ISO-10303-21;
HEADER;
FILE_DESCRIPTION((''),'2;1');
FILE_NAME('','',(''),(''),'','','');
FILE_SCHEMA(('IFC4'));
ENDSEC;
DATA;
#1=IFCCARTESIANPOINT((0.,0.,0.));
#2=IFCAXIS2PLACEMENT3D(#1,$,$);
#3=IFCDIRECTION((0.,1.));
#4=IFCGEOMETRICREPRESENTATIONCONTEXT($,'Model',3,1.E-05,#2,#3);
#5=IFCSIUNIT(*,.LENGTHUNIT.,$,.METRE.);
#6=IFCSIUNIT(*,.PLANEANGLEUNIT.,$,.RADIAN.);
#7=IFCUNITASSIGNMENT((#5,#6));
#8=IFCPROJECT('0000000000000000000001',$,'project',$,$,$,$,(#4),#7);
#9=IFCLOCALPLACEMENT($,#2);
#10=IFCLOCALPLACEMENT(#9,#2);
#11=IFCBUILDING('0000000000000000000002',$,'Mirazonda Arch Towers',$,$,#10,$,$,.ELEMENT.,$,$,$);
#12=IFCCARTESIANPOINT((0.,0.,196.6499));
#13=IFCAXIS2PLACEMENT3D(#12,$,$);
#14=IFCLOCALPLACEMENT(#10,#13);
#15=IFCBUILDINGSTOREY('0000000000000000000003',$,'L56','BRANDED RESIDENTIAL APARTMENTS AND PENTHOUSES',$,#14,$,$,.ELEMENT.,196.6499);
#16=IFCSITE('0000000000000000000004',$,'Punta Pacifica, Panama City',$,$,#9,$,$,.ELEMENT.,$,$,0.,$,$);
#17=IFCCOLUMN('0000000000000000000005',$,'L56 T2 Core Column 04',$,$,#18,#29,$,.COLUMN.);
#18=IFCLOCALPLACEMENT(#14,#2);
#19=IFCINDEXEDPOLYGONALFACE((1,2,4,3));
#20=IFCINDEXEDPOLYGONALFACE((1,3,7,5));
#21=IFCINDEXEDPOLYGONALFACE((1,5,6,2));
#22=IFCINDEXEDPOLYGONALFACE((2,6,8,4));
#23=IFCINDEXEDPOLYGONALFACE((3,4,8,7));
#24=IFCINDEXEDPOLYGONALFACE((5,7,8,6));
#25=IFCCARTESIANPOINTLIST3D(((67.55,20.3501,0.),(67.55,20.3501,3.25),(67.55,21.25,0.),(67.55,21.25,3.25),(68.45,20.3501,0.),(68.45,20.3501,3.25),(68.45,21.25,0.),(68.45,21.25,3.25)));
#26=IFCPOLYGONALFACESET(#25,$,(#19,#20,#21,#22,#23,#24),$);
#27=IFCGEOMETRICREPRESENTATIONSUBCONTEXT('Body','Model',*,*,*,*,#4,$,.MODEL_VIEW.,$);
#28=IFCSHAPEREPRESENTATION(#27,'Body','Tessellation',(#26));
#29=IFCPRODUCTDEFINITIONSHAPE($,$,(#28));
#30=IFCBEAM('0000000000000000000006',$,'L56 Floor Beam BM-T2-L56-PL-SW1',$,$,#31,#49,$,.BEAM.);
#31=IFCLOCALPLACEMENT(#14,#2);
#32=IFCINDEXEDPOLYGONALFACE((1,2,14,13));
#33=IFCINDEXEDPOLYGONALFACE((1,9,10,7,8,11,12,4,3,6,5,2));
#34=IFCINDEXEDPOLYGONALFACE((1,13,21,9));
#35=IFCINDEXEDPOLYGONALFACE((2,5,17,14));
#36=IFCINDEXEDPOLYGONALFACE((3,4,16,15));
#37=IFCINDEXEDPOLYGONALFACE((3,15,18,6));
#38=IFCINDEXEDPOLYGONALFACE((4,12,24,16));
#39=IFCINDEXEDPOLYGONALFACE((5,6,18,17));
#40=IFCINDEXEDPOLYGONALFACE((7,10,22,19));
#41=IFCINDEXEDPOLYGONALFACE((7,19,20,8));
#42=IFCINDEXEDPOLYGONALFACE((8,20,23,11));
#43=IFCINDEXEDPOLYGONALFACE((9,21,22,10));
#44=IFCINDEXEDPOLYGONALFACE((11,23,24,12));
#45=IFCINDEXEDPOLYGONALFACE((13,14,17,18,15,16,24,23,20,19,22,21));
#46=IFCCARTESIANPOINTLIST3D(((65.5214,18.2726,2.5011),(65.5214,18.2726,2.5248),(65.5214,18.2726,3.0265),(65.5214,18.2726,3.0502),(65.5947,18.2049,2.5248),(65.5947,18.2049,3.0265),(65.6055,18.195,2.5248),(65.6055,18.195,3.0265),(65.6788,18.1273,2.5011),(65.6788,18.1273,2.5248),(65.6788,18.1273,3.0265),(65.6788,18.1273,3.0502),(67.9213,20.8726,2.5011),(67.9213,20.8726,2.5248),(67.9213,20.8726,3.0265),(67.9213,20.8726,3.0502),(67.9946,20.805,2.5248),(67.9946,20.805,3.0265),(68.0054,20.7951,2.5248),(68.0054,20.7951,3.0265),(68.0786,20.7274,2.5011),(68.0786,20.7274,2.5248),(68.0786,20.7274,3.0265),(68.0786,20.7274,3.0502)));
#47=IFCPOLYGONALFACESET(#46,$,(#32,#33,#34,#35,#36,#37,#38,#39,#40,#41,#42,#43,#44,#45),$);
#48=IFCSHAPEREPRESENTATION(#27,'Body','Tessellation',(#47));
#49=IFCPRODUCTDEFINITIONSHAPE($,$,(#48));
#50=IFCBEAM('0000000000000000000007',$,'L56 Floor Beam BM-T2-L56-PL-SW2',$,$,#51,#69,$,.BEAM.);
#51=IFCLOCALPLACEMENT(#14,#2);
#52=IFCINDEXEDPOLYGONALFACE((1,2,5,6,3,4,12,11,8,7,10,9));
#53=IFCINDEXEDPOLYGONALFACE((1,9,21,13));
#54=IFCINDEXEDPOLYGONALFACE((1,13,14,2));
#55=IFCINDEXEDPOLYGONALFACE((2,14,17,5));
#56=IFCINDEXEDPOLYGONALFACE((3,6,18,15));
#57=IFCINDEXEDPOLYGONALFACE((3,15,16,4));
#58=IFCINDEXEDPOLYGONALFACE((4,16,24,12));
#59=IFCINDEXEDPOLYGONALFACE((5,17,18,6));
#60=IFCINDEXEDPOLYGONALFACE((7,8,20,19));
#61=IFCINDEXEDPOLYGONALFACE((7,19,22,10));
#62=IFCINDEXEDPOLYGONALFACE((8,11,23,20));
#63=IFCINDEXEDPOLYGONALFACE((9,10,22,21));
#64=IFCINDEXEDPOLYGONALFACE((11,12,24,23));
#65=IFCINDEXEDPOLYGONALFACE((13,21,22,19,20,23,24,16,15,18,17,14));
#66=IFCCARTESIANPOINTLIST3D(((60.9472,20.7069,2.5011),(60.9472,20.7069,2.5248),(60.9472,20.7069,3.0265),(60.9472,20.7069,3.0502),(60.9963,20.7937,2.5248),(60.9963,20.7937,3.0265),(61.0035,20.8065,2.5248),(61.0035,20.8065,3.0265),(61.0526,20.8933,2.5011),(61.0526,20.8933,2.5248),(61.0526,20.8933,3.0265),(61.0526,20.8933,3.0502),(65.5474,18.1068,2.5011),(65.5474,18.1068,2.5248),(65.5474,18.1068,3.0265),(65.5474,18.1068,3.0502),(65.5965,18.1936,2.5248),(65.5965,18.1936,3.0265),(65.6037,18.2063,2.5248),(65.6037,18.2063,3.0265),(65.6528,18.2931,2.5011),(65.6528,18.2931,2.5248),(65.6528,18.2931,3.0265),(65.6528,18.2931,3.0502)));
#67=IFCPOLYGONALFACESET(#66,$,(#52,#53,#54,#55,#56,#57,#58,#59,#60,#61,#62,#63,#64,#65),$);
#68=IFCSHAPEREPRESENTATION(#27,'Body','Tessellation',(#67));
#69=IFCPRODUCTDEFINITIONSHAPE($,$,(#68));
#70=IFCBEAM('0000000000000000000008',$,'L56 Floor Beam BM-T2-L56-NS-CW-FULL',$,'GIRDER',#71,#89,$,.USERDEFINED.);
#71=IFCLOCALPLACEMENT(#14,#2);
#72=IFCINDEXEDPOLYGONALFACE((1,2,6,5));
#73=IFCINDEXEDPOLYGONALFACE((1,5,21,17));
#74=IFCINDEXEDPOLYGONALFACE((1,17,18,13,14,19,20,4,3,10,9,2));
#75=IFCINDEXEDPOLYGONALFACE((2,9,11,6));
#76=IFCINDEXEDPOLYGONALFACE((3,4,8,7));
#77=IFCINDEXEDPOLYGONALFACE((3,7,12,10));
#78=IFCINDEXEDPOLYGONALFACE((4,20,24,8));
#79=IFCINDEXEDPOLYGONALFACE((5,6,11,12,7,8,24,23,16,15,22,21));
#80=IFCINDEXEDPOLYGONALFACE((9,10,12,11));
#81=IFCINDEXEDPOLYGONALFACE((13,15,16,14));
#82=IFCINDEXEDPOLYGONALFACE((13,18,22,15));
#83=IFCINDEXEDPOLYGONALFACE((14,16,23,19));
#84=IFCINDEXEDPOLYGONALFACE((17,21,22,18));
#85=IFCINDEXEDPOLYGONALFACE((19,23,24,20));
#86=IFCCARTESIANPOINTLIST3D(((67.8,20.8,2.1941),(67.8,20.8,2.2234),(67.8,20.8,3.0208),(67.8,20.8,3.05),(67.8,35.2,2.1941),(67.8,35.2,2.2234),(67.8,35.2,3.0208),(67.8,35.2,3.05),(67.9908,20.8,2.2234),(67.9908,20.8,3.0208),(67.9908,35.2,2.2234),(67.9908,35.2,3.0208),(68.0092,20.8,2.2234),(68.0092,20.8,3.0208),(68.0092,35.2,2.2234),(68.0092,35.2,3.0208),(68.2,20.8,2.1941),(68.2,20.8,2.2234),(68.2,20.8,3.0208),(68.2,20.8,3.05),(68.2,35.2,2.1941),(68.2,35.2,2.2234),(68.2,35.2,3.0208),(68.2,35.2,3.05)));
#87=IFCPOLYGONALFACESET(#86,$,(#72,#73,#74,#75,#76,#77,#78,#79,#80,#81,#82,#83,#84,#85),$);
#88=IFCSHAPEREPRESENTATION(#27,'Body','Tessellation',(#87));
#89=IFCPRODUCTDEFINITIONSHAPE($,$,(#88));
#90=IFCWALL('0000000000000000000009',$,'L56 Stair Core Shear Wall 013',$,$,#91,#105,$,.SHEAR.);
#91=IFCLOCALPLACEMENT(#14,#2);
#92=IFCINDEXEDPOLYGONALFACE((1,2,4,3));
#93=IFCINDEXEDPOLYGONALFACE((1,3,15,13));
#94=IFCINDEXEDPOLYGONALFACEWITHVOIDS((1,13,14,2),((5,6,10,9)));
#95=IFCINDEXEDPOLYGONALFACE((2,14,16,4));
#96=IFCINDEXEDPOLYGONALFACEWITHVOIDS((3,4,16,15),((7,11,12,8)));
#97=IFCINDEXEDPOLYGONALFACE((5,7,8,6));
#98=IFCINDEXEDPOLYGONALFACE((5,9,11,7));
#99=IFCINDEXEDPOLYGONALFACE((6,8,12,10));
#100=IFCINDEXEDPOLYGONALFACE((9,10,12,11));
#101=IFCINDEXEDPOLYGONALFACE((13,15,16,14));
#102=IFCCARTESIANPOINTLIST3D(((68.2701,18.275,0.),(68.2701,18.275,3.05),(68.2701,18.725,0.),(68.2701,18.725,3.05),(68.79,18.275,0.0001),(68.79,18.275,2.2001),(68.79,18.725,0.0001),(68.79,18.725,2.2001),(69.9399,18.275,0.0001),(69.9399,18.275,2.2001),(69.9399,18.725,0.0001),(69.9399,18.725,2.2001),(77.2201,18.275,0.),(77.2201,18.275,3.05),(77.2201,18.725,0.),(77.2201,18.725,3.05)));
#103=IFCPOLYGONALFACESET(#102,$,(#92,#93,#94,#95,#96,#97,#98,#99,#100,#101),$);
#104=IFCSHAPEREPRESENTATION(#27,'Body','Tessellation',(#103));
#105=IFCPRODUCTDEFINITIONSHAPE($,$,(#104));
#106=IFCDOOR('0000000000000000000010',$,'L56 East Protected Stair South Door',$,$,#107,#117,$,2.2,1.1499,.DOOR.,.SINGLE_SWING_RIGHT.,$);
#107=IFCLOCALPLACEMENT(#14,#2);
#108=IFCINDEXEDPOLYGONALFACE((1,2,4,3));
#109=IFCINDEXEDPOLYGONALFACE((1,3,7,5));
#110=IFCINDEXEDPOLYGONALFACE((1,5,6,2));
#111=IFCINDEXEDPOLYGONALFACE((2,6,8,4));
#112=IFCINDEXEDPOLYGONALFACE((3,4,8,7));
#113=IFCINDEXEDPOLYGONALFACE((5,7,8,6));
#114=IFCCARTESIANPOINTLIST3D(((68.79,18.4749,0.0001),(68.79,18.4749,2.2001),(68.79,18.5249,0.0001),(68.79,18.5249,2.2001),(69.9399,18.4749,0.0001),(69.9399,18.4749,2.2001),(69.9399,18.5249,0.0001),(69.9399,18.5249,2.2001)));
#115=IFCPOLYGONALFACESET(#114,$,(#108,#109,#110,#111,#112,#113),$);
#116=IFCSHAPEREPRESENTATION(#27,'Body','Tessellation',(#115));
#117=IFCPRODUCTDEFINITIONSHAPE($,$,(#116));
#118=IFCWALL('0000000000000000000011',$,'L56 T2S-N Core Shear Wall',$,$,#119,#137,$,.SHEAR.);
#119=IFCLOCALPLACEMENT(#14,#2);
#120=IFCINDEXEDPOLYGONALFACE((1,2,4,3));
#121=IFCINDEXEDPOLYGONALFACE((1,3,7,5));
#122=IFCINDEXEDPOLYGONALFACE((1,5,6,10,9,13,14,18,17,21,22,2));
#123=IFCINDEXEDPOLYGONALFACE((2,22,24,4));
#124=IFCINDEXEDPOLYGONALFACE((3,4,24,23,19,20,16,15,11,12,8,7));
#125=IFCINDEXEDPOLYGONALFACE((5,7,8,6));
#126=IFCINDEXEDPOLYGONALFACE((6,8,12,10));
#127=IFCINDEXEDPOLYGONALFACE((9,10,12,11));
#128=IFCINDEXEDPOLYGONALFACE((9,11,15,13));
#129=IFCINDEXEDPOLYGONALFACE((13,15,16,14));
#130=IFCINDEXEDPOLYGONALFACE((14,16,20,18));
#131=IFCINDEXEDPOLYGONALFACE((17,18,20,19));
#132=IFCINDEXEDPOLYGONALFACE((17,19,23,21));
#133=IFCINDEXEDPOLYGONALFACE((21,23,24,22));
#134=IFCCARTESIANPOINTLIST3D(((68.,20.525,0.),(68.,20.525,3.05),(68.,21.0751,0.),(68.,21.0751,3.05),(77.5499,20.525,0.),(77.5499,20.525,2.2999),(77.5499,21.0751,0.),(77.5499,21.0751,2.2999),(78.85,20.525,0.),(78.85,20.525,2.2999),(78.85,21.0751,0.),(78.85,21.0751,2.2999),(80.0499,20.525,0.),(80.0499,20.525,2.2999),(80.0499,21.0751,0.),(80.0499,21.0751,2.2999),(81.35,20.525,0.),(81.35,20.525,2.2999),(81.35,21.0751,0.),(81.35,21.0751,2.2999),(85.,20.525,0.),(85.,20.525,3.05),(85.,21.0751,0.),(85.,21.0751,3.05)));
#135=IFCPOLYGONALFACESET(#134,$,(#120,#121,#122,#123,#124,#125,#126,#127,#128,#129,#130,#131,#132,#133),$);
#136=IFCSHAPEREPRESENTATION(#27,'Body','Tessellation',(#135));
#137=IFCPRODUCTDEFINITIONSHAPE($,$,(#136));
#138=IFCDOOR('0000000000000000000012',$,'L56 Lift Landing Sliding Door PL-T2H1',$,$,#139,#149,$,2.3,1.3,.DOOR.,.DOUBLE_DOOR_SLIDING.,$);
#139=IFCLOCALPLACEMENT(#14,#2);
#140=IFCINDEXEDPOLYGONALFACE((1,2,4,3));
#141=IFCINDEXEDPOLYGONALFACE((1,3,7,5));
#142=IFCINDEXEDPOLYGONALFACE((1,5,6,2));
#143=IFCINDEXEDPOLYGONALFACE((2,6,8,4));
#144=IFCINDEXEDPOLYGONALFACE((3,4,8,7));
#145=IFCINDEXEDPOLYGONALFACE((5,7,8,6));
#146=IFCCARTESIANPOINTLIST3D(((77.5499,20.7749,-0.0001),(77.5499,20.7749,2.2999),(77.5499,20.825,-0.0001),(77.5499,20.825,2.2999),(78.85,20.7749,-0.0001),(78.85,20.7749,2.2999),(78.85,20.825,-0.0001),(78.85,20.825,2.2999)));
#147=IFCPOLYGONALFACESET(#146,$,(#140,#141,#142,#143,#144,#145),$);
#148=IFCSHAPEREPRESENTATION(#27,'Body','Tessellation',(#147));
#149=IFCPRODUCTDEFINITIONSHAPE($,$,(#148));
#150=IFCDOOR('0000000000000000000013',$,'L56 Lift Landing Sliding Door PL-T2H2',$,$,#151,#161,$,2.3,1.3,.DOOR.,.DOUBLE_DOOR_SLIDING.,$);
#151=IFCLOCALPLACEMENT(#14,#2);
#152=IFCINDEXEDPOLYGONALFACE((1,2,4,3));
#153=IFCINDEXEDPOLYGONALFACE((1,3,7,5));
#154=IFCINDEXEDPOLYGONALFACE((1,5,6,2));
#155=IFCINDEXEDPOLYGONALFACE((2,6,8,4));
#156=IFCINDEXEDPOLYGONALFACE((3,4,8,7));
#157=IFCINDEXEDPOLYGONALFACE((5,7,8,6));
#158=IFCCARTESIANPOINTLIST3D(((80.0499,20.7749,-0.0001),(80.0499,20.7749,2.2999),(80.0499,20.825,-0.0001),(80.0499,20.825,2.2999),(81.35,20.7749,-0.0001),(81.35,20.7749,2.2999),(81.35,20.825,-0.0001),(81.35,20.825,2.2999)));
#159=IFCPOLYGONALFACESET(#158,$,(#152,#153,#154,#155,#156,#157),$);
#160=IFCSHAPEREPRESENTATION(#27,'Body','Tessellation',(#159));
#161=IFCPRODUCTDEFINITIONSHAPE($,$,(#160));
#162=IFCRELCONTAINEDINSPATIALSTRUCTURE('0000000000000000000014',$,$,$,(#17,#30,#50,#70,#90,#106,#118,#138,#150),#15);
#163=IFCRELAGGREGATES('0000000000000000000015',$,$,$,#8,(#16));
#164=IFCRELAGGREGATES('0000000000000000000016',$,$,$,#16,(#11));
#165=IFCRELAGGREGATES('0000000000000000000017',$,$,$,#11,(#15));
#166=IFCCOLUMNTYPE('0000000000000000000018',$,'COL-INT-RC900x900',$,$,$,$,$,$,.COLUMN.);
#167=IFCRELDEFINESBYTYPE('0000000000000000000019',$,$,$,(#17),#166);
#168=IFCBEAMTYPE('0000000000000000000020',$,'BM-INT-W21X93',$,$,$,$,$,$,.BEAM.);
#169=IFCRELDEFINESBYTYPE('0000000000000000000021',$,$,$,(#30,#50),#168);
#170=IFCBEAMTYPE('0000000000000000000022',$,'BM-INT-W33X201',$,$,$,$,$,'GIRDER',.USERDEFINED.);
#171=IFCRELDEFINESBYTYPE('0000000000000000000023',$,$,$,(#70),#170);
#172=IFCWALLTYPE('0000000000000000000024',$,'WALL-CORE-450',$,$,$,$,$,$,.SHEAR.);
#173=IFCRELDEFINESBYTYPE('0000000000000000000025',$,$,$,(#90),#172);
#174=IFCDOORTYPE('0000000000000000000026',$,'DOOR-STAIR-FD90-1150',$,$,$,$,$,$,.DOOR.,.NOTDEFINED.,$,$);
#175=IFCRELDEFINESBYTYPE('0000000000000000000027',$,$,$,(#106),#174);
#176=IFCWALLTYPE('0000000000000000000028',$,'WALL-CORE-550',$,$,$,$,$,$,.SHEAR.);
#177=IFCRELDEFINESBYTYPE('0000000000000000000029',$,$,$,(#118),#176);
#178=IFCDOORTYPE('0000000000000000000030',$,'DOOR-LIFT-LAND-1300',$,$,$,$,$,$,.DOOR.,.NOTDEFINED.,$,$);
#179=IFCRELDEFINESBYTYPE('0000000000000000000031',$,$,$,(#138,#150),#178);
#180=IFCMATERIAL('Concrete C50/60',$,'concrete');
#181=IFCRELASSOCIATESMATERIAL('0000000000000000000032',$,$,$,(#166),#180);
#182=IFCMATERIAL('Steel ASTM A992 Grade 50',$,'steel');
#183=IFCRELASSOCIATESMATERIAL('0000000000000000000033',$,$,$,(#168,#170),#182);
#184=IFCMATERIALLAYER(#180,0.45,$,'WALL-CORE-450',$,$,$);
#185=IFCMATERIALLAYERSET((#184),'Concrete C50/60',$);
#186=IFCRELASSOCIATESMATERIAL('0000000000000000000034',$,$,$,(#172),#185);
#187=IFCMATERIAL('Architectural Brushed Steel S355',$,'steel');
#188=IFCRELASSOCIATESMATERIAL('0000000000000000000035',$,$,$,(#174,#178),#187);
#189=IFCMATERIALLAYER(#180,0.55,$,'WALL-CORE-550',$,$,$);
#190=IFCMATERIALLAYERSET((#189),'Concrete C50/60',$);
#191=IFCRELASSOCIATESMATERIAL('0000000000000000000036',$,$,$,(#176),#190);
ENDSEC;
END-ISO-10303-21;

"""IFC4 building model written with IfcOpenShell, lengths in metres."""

from ifc_helpers import new_model, si_unit, direction, frame, frame_2d, origin, origin_2d, place, context, subcontext, project, spatial, rectangle, i_section, extrude, material, layer, layer_set, material_profile, profile_set, type_object, element, fill, save


model = new_model("IFC4")

# Units and contexts
model_context = context("Model", 3, precision=1e-05, world=origin(), true_north=direction((0.0, 1.0)))
body_context = subcontext(model_context, "Body", "Model", "MODEL_VIEW")
ifc_project = project(units=[si_unit("LENGTHUNIT", "METRE"), si_unit("PLANEANGLEUNIT", "RADIAN")], contexts=[model_context])

# Site, building, storey
site_placement = place(None, origin())
site = spatial("IfcSite", under=ifc_project, at=site_placement, Name="Punta Pacifica, Panama City", CompositionType="ELEMENT", RefElevation=0.0)
building_placement = place(site_placement, origin())
building = spatial("IfcBuilding", under=site, at=building_placement, Name="Mirazonda Arch Towers", CompositionType="ELEMENT")
storey_placement = place(building_placement, frame((0.0, 0.0, 196.6499)))
storey = spatial("IfcBuildingStorey", under=building, at=storey_placement, Name="L56", Description="BRANDED RESIDENTIAL APARTMENTS AND PENTHOUSES", CompositionType="ELEMENT", Elevation=196.6499)

# Column
ifc_material_1 = material(Name="Concrete C50/60", Category="concrete")
ifc_material_profile_1 = material_profile(ifc_material_1, rectangle(XDim=0.8999, YDim=0.8999, at=origin_2d()), Name="RC900x900")
ifc_profile_set_1 = profile_set([ifc_material_profile_1], Name="Concrete C50/60")
column_type = type_object("IfcColumnType", Name="COL-INT-RC900x900", PredefinedType="COLUMN", material=ifc_profile_set_1)
column_placement = place(storey_placement, frame((68.0, 20.8, 0.0), z_axis=(0.0, 0.0, 1.0), x_axis=(1.0, 0.0, 0.0)))
element("IfcColumn", 1, at=column_placement, inside=storey, type_object=column_type, Name="L56 T2 Core Column 04", PredefinedType="COLUMN", context=body_context, shape_type="SweptSolid", body=[
    extrude(rectangle(XDim=0.8999, YDim=0.8999, at=origin_2d()), origin(), (0.0, 0.0, 1.0), 3.25),
])

# Beams
ifc_material_2 = material(Name="Steel ASTM A992 Grade 50", Category="steel")
ifc_material_profile_2 = material_profile(ifc_material_2, i_section(OverallWidth=0.2141, OverallDepth=0.5491, WebThickness=0.0146, FlangeThickness=0.0237, at=origin_2d()), Name="W21X93")
ifc_profile_set_2 = profile_set([ifc_material_profile_2], Name="Steel ASTM A992 Grade 50")
beam_type_1 = type_object("IfcBeamType", Name="BM-INT-W21X93", PredefinedType="BEAM", material=ifc_profile_set_2)
beam_1_placement = place(storey_placement, frame((65.6001, 18.2, 2.7756), z_axis=(0.678251, 0.73483, 0.0), x_axis=(-0.73483, 0.678251, 0.0)))
element("IfcBeam", 2, at=beam_1_placement, inside=storey, type_object=beam_type_1, Name="L56 Floor Beam BM-T2-L56-PL-SW1", PredefinedType="BEAM", context=body_context, shape_type="SweptSolid", body=[
    extrude(i_section(OverallWidth=0.2141, OverallDepth=0.5491, WebThickness=0.0146, FlangeThickness=0.0237, at=origin_2d()), origin(), (0.0, 0.0, 1.0), 3.5383),
])
beam_2_placement = place(storey_placement, frame((65.6001, 18.2, 2.7756), z_axis=(-0.870559, 0.492063, 0.0), x_axis=(-0.492063, -0.870559, 0.0)))
element("IfcBeam", 3, at=beam_2_placement, inside=storey, type_object=beam_type_1, Name="L56 Floor Beam BM-T2-L56-PL-SW2", PredefinedType="BEAM", context=body_context, shape_type="SweptSolid", body=[
    extrude(i_section(OverallWidth=0.2141, OverallDepth=0.5491, WebThickness=0.0146, FlangeThickness=0.0237, at=origin_2d()), origin(), (0.0, 0.0, 1.0), 5.2842),
])
ifc_material_profile_3 = material_profile(ifc_material_2, i_section(OverallWidth=0.3999, OverallDepth=0.856, WebThickness=0.0183, FlangeThickness=0.0293, at=origin_2d()), Name="W33X201")
ifc_profile_set_3 = profile_set([ifc_material_profile_3], Name="Steel ASTM A992 Grade 50")
beam_type_2 = type_object("IfcBeamType", Name="BM-INT-W33X201", ElementType="GIRDER", PredefinedType="USERDEFINED", material=ifc_profile_set_3)
beam_3_placement = place(storey_placement, frame((68.0, 20.8, 2.6221), z_axis=(0.0, 1.0, 0.0), x_axis=(-1.0, 0.0, 0.0)))
element("IfcBeam", 4, at=beam_3_placement, inside=storey, type_object=beam_type_2, Name="L56 Floor Beam BM-T2-L56-NS-CW-FULL", ObjectType="GIRDER", PredefinedType="USERDEFINED", context=body_context, shape_type="SweptSolid", body=[
    extrude(i_section(OverallWidth=0.3999, OverallDepth=0.856, WebThickness=0.0183, FlangeThickness=0.0293, at=origin_2d()), origin(), (0.0, 0.0, 1.0), 14.3999),
])

# Wall, opening, door
ifc_layer_1 = layer(ifc_material_1, 0.45, Name="WALL-CORE-450")
ifc_layer_set_1 = layer_set([ifc_layer_1], Name="Concrete C50/60")
wall_type_1 = type_object("IfcWallType", Name="WALL-CORE-450", PredefinedType="SHEAR", material=ifc_layer_set_1)
wall_1_placement = place(storey_placement, frame((68.27, 18.5, 0.0), z_axis=(0.0, 0.0, 1.0), x_axis=(1.0, 0.0, 0.0)))
wall_1 = element("IfcWall", 5, at=wall_1_placement, inside=storey, type_object=wall_type_1, Name="L56 Stair Core Shear Wall 013", PredefinedType="SHEAR", context=body_context, shape_type="SweptSolid", body=[
    extrude(rectangle(XDim=8.95, YDim=0.45, at=frame_2d((4.4751, 0.0))), origin(), (0.0, 0.0, 1.0), 3.05),
])
opening_1_placement = place(wall_1_placement, frame((0.52, 0.0, 0.0)))
opening_1 = element("IfcOpeningElement", 6, at=opening_1_placement, cuts=wall_1, PredefinedType="OPENING", context=body_context, shape_type="SweptSolid", body=[
    extrude(rectangle(XDim=1.1499, YDim=2.2, at=frame_2d((0.575, 1.1001))), frame((0.0, 0.2349, 0.0), z_axis=(0.0, -1.0, 0.0), x_axis=(1.0, 0.0, 0.0)), (0.0, 0.0, 1.0), 0.47),
])
ifc_material_3 = material(Name="Architectural Brushed Steel S355", Category="steel")
door_type_1 = type_object("IfcDoorType", Name="DOOR-STAIR-FD90-1150", OperationType="NOTDEFINED", PredefinedType="DOOR", material=ifc_material_3)
door_1_placement = place(opening_1_placement, origin())
door_1 = element("IfcDoor", 7, at=door_1_placement, inside=storey, type_object=door_type_1, Name="L56 East Protected Stair South Door", OperationType="SINGLE_SWING_RIGHT", OverallHeight=2.2, OverallWidth=1.1499, PredefinedType="DOOR", context=body_context, shape_type="SweptSolid", body=[
    extrude(rectangle(XDim=1.1499, YDim=2.2, at=frame_2d((0.575, 1.1001))), frame((0.0, 0.0249, 0.0), z_axis=(0.0, -1.0, 0.0), x_axis=(1.0, 0.0, 0.0)), (0.0, 0.0, 1.0), 0.05),
])
fill(opening_1, door_1)

# Wall, openings, doors
ifc_layer_2 = layer(ifc_material_1, 0.55, Name="WALL-CORE-550")
ifc_layer_set_2 = layer_set([ifc_layer_2], Name="Concrete C50/60")
wall_type_2 = type_object("IfcWallType", Name="WALL-CORE-550", PredefinedType="SHEAR", material=ifc_layer_set_2)
wall_2_placement = place(storey_placement, frame((68.0, 20.8, 0.0), z_axis=(0.0, 0.0, 1.0), x_axis=(1.0, 0.0, 0.0)))
wall_2 = element("IfcWall", 8, at=wall_2_placement, inside=storey, type_object=wall_type_2, Name="L56 T2S-N Core Shear Wall", PredefinedType="SHEAR", context=body_context, shape_type="SweptSolid", body=[
    extrude(rectangle(XDim=17.0, YDim=0.55, at=frame_2d((8.5, 0.0))), origin(), (0.0, 0.0, 1.0), 3.05),
])
opening_2_placement = place(wall_2_placement, frame((9.55, 0.0, 0.0)))
opening_2 = element("IfcOpeningElement", 9, at=opening_2_placement, cuts=wall_2, PredefinedType="OPENING", context=body_context, shape_type="SweptSolid", body=[
    extrude(rectangle(XDim=1.3, YDim=2.3, at=frame_2d((0.6499, 1.1499))), frame((0.0, 0.2849, 0.0), z_axis=(0.0, -1.0, 0.0), x_axis=(1.0, 0.0, 0.0)), (0.0, 0.0, 1.0), 0.5701),
])
opening_3_placement = place(wall_2_placement, frame((12.05, 0.0, 0.0)))
opening_3 = element("IfcOpeningElement", 10, at=opening_3_placement, cuts=wall_2, PredefinedType="OPENING", context=body_context, shape_type="SweptSolid", body=[
    extrude(rectangle(XDim=1.3, YDim=2.3, at=frame_2d((0.6499, 1.1499))), frame((0.0, 0.2849, 0.0), z_axis=(0.0, -1.0, 0.0), x_axis=(1.0, 0.0, 0.0)), (0.0, 0.0, 1.0), 0.5701),
])
door_type_2 = type_object("IfcDoorType", Name="DOOR-LIFT-LAND-1300", OperationType="NOTDEFINED", PredefinedType="DOOR", material=ifc_material_3)
door_2_placement = place(opening_2_placement, origin())
door_2 = element("IfcDoor", 11, at=door_2_placement, inside=storey, type_object=door_type_2, Name="L56 Lift Landing Sliding Door PL-T2H1", OperationType="DOUBLE_DOOR_SLIDING", OverallHeight=2.3, OverallWidth=1.3, PredefinedType="DOOR", context=body_context, shape_type="SweptSolid", body=[
    extrude(rectangle(XDim=1.3, YDim=2.3, at=frame_2d((0.6499, 1.1499))), frame((0.0, 0.0249, 0.0), z_axis=(0.0, -1.0, 0.0), x_axis=(1.0, 0.0, 0.0)), (0.0, 0.0, 1.0), 0.05),
])
fill(opening_2, door_2)
door_3_placement = place(opening_3_placement, origin())
door_3 = element("IfcDoor", 12, at=door_3_placement, inside=storey, type_object=door_type_2, Name="L56 Lift Landing Sliding Door PL-T2H2", OperationType="DOUBLE_DOOR_SLIDING", OverallHeight=2.3, OverallWidth=1.3, PredefinedType="DOOR", context=body_context, shape_type="SweptSolid", body=[
    extrude(rectangle(XDim=1.3, YDim=2.3, at=frame_2d((0.6499, 1.1499))), frame((0.0, 0.0249, 0.0), z_axis=(0.0, -1.0, 0.0), x_axis=(1.0, 0.0, 0.0)), (0.0, 0.0, 1.0), 0.05),
])
fill(opening_3, door_3)

save(model, "model.ifc")
